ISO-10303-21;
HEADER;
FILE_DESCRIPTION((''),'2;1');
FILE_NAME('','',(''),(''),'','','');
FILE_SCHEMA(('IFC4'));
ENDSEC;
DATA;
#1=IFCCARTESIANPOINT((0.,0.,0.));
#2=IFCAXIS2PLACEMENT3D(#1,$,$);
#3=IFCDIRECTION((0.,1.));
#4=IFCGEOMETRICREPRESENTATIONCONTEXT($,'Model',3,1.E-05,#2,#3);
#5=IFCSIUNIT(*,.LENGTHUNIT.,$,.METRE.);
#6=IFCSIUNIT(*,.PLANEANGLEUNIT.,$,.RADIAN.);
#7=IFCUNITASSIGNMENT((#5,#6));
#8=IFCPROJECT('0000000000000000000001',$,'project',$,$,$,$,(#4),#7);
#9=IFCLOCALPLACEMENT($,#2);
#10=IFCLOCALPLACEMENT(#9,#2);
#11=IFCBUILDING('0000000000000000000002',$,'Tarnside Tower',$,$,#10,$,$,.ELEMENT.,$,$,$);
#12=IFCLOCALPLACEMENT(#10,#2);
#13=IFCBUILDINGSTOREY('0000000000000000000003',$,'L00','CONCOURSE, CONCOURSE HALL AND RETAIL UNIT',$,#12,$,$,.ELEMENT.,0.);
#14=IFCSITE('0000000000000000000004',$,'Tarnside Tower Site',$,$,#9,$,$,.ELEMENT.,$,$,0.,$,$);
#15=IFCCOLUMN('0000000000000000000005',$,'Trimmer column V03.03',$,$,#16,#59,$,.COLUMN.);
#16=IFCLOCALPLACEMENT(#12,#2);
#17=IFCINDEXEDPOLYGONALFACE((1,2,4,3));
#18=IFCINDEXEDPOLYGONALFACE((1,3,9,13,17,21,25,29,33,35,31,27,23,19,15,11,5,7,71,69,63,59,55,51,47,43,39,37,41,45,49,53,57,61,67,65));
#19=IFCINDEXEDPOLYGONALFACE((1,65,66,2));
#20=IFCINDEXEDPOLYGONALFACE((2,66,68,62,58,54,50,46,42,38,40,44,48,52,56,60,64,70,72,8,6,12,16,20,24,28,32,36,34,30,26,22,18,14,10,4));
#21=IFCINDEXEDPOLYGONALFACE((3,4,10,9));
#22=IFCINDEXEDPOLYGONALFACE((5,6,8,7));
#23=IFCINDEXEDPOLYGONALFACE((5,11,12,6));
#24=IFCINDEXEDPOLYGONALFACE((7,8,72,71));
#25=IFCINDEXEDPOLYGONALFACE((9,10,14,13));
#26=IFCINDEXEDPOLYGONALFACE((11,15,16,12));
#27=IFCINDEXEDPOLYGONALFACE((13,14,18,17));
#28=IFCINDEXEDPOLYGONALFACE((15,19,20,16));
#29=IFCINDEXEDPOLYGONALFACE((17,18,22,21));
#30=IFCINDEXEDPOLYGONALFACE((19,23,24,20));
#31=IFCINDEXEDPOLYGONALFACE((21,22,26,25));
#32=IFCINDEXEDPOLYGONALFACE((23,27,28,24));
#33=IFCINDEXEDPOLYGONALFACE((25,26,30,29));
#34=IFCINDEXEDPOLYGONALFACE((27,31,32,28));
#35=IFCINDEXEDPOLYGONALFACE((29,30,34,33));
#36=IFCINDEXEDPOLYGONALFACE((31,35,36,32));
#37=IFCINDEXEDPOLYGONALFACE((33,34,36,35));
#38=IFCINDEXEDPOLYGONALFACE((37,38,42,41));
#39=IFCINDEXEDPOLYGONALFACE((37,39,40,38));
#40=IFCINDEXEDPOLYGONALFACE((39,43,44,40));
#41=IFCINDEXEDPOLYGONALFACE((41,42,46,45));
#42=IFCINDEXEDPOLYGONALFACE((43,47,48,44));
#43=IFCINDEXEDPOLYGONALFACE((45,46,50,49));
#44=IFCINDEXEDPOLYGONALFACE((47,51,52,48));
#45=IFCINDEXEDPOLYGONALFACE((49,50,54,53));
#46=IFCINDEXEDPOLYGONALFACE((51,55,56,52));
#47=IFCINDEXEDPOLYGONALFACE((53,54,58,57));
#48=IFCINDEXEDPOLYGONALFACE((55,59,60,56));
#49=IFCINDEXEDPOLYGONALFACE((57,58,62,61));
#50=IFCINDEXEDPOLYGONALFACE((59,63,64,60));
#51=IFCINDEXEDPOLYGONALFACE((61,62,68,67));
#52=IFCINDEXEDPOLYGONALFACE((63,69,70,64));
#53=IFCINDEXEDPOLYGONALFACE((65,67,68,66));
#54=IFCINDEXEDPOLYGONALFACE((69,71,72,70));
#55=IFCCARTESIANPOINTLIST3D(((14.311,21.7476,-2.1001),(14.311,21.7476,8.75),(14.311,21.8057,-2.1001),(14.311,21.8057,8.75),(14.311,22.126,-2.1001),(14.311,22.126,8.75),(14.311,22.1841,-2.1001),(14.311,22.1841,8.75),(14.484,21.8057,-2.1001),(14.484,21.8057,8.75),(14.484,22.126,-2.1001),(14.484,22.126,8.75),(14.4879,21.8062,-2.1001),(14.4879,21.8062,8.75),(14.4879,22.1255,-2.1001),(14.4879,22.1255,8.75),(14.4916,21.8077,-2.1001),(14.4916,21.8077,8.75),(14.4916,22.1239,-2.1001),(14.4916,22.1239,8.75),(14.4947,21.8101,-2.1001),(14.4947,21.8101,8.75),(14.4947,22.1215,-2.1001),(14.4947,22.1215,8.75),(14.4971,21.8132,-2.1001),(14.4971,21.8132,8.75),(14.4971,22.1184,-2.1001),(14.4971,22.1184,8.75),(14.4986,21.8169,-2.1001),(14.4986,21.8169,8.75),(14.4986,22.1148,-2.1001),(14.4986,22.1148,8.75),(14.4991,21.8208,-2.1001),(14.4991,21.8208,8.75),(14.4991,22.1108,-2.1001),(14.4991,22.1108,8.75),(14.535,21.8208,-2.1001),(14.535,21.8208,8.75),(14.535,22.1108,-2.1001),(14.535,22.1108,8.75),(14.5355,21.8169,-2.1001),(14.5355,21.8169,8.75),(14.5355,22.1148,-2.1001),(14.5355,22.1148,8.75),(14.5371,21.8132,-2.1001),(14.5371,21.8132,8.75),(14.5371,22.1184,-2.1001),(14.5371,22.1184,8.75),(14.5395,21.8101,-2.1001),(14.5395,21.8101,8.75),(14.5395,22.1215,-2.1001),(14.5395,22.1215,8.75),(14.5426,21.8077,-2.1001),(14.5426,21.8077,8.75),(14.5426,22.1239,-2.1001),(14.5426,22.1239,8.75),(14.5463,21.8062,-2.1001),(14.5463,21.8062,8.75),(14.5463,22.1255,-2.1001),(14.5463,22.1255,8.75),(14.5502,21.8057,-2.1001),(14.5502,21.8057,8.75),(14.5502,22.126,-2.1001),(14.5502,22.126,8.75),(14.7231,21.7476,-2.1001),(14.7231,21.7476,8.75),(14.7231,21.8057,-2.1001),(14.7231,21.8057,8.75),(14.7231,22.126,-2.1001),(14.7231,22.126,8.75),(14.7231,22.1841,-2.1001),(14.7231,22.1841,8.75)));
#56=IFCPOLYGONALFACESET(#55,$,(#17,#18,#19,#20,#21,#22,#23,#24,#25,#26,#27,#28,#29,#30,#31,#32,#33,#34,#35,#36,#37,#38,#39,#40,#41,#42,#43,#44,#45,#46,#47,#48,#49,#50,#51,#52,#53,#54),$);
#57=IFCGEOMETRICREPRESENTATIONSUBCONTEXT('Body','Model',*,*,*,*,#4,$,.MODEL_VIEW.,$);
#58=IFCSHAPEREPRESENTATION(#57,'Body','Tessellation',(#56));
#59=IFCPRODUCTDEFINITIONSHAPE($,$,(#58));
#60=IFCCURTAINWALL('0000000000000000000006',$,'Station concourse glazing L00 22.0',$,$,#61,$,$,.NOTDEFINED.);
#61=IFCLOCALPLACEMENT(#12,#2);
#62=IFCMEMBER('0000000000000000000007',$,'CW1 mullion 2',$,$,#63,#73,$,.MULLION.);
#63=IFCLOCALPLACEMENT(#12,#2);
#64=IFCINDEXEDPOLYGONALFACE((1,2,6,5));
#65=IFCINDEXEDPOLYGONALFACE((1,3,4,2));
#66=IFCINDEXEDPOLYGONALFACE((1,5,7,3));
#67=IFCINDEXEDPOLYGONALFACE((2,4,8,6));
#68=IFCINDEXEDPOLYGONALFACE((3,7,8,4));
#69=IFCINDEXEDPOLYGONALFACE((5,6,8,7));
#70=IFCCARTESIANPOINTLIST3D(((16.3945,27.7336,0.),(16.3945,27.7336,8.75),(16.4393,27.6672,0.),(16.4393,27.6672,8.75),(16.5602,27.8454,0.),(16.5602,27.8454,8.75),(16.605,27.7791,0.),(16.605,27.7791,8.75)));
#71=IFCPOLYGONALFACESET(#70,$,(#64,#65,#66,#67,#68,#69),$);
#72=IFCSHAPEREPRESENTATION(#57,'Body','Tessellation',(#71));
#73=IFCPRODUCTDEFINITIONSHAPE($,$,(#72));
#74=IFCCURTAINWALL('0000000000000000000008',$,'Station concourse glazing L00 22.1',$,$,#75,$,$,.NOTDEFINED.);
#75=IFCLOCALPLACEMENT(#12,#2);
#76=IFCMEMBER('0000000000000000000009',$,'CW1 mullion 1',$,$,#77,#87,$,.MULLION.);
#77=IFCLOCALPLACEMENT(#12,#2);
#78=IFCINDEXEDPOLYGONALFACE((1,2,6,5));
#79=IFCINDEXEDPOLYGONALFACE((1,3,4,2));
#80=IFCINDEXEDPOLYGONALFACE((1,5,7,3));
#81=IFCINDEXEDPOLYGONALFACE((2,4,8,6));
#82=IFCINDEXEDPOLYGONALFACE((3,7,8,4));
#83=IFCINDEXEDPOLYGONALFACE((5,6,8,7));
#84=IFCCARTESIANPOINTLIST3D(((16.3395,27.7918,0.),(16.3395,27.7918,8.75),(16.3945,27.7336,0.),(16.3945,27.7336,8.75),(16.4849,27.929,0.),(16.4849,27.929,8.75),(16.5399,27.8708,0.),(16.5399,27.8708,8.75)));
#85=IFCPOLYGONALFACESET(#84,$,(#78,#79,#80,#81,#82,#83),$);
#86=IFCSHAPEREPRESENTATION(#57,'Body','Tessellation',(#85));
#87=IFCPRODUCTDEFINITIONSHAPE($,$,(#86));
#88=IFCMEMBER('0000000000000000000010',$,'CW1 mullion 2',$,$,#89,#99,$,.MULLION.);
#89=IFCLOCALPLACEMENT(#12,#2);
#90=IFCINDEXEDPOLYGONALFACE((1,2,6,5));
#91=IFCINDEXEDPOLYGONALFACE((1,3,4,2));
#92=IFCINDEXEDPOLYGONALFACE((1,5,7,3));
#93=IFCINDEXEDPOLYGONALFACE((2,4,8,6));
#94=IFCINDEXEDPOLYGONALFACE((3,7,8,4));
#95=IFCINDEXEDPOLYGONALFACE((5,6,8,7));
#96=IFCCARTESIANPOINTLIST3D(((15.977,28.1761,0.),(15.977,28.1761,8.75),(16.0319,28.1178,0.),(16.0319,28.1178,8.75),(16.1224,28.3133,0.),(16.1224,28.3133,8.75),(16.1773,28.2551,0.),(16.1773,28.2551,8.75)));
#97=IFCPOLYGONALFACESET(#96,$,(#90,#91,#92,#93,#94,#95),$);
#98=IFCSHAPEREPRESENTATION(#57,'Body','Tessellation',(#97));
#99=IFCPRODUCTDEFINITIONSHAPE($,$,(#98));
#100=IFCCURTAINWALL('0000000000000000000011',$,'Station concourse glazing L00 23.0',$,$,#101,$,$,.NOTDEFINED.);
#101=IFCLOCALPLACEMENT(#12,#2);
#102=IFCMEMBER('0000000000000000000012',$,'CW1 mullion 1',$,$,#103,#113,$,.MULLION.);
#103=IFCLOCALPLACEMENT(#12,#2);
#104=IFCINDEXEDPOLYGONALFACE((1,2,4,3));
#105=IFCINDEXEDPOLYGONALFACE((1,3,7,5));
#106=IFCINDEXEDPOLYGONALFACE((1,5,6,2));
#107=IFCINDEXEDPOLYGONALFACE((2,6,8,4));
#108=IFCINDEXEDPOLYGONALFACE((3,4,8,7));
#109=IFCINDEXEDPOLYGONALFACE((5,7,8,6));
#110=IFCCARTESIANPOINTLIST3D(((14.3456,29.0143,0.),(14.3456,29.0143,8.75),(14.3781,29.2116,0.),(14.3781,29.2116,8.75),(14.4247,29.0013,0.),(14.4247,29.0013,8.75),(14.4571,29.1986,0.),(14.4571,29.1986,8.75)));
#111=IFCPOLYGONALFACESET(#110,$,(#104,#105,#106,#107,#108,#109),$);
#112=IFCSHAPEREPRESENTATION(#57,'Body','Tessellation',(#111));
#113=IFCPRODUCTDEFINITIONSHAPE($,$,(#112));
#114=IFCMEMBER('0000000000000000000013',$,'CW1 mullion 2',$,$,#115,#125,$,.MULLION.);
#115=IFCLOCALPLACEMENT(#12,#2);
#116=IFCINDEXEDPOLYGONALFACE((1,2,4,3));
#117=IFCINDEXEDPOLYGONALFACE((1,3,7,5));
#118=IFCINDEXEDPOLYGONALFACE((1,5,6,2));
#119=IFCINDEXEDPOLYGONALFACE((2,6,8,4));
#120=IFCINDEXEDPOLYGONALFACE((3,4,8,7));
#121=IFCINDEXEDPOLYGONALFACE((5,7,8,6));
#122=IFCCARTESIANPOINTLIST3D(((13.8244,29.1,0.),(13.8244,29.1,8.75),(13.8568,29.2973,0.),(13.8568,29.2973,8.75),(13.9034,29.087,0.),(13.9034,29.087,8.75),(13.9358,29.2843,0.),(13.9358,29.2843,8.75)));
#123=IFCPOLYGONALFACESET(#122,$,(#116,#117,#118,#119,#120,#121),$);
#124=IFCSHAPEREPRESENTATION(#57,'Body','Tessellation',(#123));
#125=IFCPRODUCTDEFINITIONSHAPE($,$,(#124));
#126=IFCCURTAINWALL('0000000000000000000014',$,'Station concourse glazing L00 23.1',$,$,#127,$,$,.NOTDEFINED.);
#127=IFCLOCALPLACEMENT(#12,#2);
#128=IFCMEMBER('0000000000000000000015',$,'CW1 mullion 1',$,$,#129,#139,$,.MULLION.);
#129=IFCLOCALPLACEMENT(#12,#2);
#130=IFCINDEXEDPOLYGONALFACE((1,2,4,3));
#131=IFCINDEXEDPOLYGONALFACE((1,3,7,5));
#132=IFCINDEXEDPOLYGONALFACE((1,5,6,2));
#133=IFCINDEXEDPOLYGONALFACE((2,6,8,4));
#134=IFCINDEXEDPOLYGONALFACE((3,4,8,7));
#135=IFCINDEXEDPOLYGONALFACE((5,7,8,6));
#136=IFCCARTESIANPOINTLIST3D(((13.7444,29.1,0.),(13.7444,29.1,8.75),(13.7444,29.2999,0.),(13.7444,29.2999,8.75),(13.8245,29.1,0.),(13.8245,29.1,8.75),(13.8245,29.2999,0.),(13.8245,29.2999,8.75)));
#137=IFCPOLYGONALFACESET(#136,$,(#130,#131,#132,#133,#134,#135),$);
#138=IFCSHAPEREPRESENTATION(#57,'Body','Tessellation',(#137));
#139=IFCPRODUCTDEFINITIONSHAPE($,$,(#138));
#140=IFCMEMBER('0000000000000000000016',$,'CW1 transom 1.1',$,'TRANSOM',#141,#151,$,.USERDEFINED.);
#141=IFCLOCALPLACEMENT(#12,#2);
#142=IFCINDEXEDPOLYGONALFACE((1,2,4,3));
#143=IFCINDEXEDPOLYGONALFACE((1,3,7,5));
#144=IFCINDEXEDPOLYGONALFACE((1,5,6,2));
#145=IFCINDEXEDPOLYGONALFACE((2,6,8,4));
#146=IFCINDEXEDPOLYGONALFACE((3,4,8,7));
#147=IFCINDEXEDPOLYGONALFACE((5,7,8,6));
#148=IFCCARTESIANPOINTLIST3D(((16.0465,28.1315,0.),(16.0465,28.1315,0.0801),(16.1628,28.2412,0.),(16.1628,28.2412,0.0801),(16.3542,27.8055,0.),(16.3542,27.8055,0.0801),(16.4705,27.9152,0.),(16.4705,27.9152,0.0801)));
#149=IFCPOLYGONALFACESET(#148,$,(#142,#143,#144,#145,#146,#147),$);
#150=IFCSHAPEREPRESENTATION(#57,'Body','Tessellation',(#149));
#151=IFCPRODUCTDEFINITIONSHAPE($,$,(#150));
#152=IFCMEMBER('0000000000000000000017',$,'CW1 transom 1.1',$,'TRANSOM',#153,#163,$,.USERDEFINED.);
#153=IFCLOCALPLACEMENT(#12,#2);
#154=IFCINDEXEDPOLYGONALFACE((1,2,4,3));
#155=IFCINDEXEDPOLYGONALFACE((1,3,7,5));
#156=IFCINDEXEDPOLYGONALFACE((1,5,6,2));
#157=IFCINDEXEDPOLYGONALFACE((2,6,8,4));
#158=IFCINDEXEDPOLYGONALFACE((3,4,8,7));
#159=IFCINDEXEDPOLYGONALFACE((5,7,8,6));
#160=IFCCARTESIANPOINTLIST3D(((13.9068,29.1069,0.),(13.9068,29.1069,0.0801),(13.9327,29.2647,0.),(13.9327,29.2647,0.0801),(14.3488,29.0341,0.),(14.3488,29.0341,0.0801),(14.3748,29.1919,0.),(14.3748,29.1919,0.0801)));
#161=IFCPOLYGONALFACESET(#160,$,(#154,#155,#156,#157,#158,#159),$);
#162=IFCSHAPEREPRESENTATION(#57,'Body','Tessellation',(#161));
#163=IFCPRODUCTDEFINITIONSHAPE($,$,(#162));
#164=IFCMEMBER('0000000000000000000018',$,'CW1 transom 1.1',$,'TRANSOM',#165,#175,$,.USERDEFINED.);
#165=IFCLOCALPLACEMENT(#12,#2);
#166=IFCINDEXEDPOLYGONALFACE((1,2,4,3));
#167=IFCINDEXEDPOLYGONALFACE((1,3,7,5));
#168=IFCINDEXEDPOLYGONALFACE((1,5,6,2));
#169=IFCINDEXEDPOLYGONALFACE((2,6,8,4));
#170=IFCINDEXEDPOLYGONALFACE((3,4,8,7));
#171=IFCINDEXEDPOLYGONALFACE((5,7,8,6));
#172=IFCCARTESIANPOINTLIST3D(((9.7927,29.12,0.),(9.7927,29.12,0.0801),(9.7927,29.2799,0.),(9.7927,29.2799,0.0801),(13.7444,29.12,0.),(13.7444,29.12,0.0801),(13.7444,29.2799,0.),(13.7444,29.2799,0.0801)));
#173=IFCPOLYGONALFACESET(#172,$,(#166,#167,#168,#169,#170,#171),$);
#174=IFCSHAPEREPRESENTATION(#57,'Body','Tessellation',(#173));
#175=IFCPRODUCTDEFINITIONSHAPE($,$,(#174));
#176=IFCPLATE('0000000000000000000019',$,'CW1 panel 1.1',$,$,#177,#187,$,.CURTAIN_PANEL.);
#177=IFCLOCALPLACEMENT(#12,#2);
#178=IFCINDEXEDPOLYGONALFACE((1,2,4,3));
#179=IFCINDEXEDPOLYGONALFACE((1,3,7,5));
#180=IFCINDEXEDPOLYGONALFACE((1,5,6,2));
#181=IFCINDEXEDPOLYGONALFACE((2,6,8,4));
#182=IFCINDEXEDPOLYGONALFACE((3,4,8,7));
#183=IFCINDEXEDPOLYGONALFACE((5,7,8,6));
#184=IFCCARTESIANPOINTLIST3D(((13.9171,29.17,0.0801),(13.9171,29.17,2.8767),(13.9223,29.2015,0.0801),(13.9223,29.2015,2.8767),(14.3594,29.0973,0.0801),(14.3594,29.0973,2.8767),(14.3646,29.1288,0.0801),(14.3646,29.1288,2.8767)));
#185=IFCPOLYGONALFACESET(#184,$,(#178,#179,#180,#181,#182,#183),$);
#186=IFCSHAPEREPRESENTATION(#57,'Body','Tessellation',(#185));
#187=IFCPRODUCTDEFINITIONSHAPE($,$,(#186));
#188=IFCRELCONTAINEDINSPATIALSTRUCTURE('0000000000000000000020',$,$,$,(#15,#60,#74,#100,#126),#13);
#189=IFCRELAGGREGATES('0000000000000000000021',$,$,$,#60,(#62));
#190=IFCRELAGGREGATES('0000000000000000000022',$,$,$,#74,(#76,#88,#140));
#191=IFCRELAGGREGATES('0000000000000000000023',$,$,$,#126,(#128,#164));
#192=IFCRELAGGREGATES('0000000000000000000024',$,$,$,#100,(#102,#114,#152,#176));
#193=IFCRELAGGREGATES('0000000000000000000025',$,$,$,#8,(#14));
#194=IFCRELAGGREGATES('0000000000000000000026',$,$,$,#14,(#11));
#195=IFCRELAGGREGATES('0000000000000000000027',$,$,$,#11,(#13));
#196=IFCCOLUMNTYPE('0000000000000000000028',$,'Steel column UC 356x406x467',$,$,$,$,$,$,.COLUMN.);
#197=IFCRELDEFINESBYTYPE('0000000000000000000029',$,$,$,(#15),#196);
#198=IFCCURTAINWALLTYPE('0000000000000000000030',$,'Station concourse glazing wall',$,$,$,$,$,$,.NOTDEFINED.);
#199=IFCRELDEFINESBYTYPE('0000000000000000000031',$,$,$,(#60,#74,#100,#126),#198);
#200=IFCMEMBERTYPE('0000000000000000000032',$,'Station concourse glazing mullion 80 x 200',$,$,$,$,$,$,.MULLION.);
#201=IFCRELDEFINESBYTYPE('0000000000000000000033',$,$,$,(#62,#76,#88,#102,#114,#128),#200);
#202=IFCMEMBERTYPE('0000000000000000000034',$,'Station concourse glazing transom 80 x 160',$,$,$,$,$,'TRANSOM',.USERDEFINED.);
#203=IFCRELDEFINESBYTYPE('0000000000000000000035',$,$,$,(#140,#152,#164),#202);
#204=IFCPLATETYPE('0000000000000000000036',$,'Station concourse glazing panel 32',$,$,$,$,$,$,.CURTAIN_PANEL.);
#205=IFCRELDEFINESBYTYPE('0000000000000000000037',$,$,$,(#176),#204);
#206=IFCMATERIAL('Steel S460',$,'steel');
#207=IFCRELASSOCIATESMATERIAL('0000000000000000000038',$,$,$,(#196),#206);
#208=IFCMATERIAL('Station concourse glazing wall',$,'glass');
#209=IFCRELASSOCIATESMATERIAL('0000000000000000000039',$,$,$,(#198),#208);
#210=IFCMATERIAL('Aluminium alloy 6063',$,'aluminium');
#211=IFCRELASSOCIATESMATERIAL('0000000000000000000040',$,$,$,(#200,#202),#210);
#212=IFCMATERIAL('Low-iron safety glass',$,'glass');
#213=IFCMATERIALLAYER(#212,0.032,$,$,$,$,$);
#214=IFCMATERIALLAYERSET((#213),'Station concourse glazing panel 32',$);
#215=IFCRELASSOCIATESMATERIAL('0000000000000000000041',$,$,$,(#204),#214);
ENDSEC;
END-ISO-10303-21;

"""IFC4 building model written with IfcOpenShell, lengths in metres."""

from ifc_helpers import new_model, si_unit, direction, frame, origin, origin_2d, place, context, subcontext, project, spatial, rectangle, i_section, extrude, material, layer, layer_set, material_profile, profile_set, type_object, element, aggregate, save


model = new_model("IFC4")

# Units and contexts
model_context = context("Model", 3, precision=1e-05, world=origin(), true_north=direction((0.0, 1.0)))
body_context = subcontext(model_context, "Body", "Model", "MODEL_VIEW")
ifc_project = project(units=[si_unit("LENGTHUNIT", "METRE"), si_unit("PLANEANGLEUNIT", "RADIAN")], contexts=[model_context])

# Site, building, storey
site_placement = place(None, origin())
site = spatial("IfcSite", under=ifc_project, at=site_placement, Name="Tarnside Tower Site", CompositionType="ELEMENT", RefElevation=0.0)
building_placement = place(site_placement, origin())
building = spatial("IfcBuilding", under=site, at=building_placement, Name="Tarnside Tower", CompositionType="ELEMENT")
storey_placement = place(building_placement, origin())
storey = spatial("IfcBuildingStorey", under=building, at=storey_placement, Name="L00", Description="CONCOURSE, CONCOURSE HALL AND RETAIL UNIT", CompositionType="ELEMENT", Elevation=0.0)

# Column
ifc_material_1 = material(Name="Steel S460", Category="steel")
ifc_material_profile_1 = material_profile(ifc_material_1, i_section(OverallWidth=0.4121, OverallDepth=0.4365, WebThickness=0.0359, FlangeThickness=0.0581, FilletRadius=0.0151, at=origin_2d()), Name="UC 356x406x467")
ifc_profile_set_1 = profile_set([ifc_material_profile_1], Name="Steel S460")
column_type_1 = type_object("IfcColumnType", Name="Steel column UC 356x406x467", PredefinedType="COLUMN", material=ifc_profile_set_1)
column_1_placement = place(storey_placement, frame((14.5171, 21.9658, -2.1001), z_axis=(0.0, 0.0, 1.0), x_axis=(1.0, 0.0, 0.0)))
element("IfcColumn", 1, at=column_1_placement, inside=storey, type_object=column_type_1, Name="Trimmer column V03.03", PredefinedType="COLUMN", context=body_context, shape_type="SweptSolid", body=[
    extrude(i_section(OverallWidth=0.4121, OverallDepth=0.4365, WebThickness=0.0359, FlangeThickness=0.0581, FilletRadius=0.0151, at=origin_2d()), origin(), (0.0, 0.0, 1.0), 10.8501),
])

# Curtain wall, member
ifc_material_2 = material(Name="Station concourse glazing wall", Category="glass")
curtain_wall_type = type_object("IfcCurtainWallType", Name="Station concourse glazing wall", PredefinedType="NOTDEFINED", material=ifc_material_2)
curtain_wall_1_placement = place(storey_placement, origin())
curtain_wall_1 = element("IfcCurtainWall", 2, at=curtain_wall_1_placement, inside=storey, type_object=curtain_wall_type, Name="Station concourse glazing L00 22.0", PredefinedType="NOTDEFINED")
ifc_material_3 = material(Name="Aluminium alloy 6063", Category="aluminium")
ifc_material_profile_2 = material_profile(ifc_material_3, rectangle(XDim=0.2, YDim=0.0801, at=origin_2d()), Name="Station concourse glazing mullion 80 x 200")
ifc_profile_set_2 = profile_set([ifc_material_profile_2], Name="Aluminium alloy 6063")
member_type_1 = type_object("IfcMemberType", Name="Station concourse glazing mullion 80 x 200", PredefinedType="MULLION", material=ifc_profile_set_2)
member_1_placement = place(storey_placement, frame((16.4998, 27.7563, 0.0), z_axis=(0.0, 0.0, 1.0), x_axis=(-0.829038, -0.559193, 0.0)))
member_1 = element("IfcMember", 3, at=member_1_placement, type_object=member_type_1, Name="CW1 mullion 2", PredefinedType="MULLION", context=body_context, shape_type="SweptSolid", body=[
    extrude(rectangle(XDim=0.2, YDim=0.0801, at=origin_2d()), origin(), (0.0, 0.0, 1.0), 8.75),
])
aggregate(curtain_wall_1, [member_1])

# Curtain walls, members
curtain_wall_2_placement = place(storey_placement, origin())
curtain_wall_2 = element("IfcCurtainWall", 4, at=curtain_wall_2_placement, inside=storey, type_object=curtain_wall_type, Name="Station concourse glazing L00 22.1", PredefinedType="NOTDEFINED")
member_2_placement = place(storey_placement, frame((16.4397, 27.8313, 0.0), z_axis=(0.0, 0.0, 1.0), x_axis=(-0.727374, -0.686242, 0.0)))
member_2 = element("IfcMember", 5, at=member_2_placement, type_object=member_type_1, Name="CW1 mullion 1", PredefinedType="MULLION", context=body_context, shape_type="SweptSolid", body=[
    extrude(rectangle(XDim=0.2, YDim=0.0801, at=origin_2d()), origin(), (0.0, 0.0, 1.0), 8.75),
])
member_3_placement = place(storey_placement, frame((16.0771, 28.2156, 0.0), z_axis=(0.0, 0.0, 1.0), x_axis=(-0.727374, -0.686242, 0.0)))
member_3 = element("IfcMember", 6, at=member_3_placement, type_object=member_type_1, Name="CW1 mullion 2", PredefinedType="MULLION", context=body_context, shape_type="SweptSolid", body=[
    extrude(rectangle(XDim=0.2, YDim=0.0801, at=origin_2d()), origin(), (0.0, 0.0, 1.0), 8.75),
])
curtain_wall_3_placement = place(storey_placement, origin())
curtain_wall_3 = element("IfcCurtainWall", 7, at=curtain_wall_3_placement, inside=storey, type_object=curtain_wall_type, Name="Station concourse glazing L00 23.0", PredefinedType="NOTDEFINED")
member_4_placement = place(storey_placement, frame((14.4014, 29.1064, 0.0), z_axis=(0.0, 0.0, 1.0), x_axis=(-0.162178, -0.986762, 0.0)))
member_4 = element("IfcMember", 8, at=member_4_placement, type_object=member_type_1, Name="CW1 mullion 1", PredefinedType="MULLION", context=body_context, shape_type="SweptSolid", body=[
    extrude(rectangle(XDim=0.2, YDim=0.0801, at=origin_2d()), origin(), (0.0, 0.0, 1.0), 8.75),
])
member_5_placement = place(storey_placement, frame((13.8801, 29.1921, 0.0), z_axis=(0.0, 0.0, 1.0), x_axis=(-0.162178, -0.986762, 0.0)))
member_5 = element("IfcMember", 9, at=member_5_placement, type_object=member_type_1, Name="CW1 mullion 2", PredefinedType="MULLION", context=body_context, shape_type="SweptSolid", body=[
    extrude(rectangle(XDim=0.2, YDim=0.0801, at=origin_2d()), origin(), (0.0, 0.0, 1.0), 8.75),
])

# Curtain wall, member
curtain_wall_4_placement = place(storey_placement, origin())
curtain_wall_4 = element("IfcCurtainWall", 10, at=curtain_wall_4_placement, inside=storey, type_object=curtain_wall_type, Name="Station concourse glazing L00 23.1", PredefinedType="NOTDEFINED")
member_6_placement = place(storey_placement, frame((13.7844, 29.2, 0.0), z_axis=(0.0, 0.0, 1.0), x_axis=(0.0, -1.0, 0.0)))
member_6 = element("IfcMember", 11, at=member_6_placement, type_object=member_type_1, Name="CW1 mullion 1", PredefinedType="MULLION", context=body_context, shape_type="SweptSolid", body=[
    extrude(rectangle(XDim=0.2, YDim=0.0801, at=origin_2d()), origin(), (0.0, 0.0, 1.0), 8.75),
])

# Members
ifc_material_profile_3 = material_profile(ifc_material_3, rectangle(XDim=0.1599, YDim=0.0801, at=origin_2d()), Name="Station concourse glazing transom 80 x 160")
ifc_profile_set_3 = profile_set([ifc_material_profile_3], Name="Aluminium alloy 6063")
member_type_2 = type_object("IfcMemberType", Name="Station concourse glazing transom 80 x 160", ElementType="TRANSOM", PredefinedType="USERDEFINED", material=ifc_profile_set_3)
member_7_placement = place(storey_placement, frame((16.4124, 27.8604, 0.04), z_axis=(-0.686384, 0.72724, 0.0), x_axis=(-0.72724, -0.686384, 0.0)))
member_7 = element("IfcMember", 12, at=member_7_placement, type_object=member_type_2, Name="CW1 transom 1.1", ObjectType="TRANSOM", PredefinedType="USERDEFINED", context=body_context, shape_type="SweptSolid", body=[
    extrude(rectangle(XDim=0.1599, YDim=0.0801, at=origin_2d()), origin(), (0.0, 0.0, 1.0), 0.4482),
])
aggregate(curtain_wall_2, [member_2, member_3, member_7])
member_8_placement = place(storey_placement, frame((14.3618, 29.113, 0.04), z_axis=(-0.986731, 0.162366, 0.0), x_axis=(-0.162366, -0.986731, 0.0)))
member_8 = element("IfcMember", 13, at=member_8_placement, type_object=member_type_2, Name="CW1 transom 1.1", ObjectType="TRANSOM", PredefinedType="USERDEFINED", context=body_context, shape_type="SweptSolid", body=[
    extrude(rectangle(XDim=0.1599, YDim=0.0801, at=origin_2d()), origin(), (0.0, 0.0, 1.0), 0.448),
])
member_9_placement = place(storey_placement, frame((13.7444, 29.2, 0.04), z_axis=(-1.0, 0.0, 0.0), x_axis=(0.0, -1.0, 0.0)))
member_9 = element("IfcMember", 14, at=member_9_placement, type_object=member_type_2, Name="CW1 transom 1.1", ObjectType="TRANSOM", PredefinedType="USERDEFINED", context=body_context, shape_type="SweptSolid", body=[
    extrude(rectangle(XDim=0.1599, YDim=0.0801, at=origin_2d()), origin(), (0.0, 0.0, 1.0), 3.9517),
])
aggregate(curtain_wall_4, [member_6, member_9])

# Plate
ifc_material_4 = material(Name="Low-iron safety glass", Category="glass")
ifc_layer_1 = layer(ifc_material_4, 0.032)
ifc_layer_set_1 = layer_set([ifc_layer_1], Name="Station concourse glazing panel 32")
plate_type = type_object("IfcPlateType", Name="Station concourse glazing panel 32", PredefinedType="CURTAIN_PANEL", material=ifc_layer_set_1)
plate_placement = place(storey_placement, frame((14.1409, 29.1494, 0.0801), z_axis=(0.0, 0.0, 1.0), x_axis=(-0.986762, 0.162178, 0.0)))
plate = element("IfcPlate", 15, at=plate_placement, type_object=plate_type, Name="CW1 panel 1.1", PredefinedType="CURTAIN_PANEL", context=body_context, shape_type="SweptSolid", body=[
    extrude(rectangle(XDim=0.4482, YDim=0.032, at=origin_2d()), origin(), (0.0, 0.0, 1.0), 2.7966),
])
aggregate(curtain_wall_3, [member_4, member_5, member_8, plate])

save(model, "model.ifc")
